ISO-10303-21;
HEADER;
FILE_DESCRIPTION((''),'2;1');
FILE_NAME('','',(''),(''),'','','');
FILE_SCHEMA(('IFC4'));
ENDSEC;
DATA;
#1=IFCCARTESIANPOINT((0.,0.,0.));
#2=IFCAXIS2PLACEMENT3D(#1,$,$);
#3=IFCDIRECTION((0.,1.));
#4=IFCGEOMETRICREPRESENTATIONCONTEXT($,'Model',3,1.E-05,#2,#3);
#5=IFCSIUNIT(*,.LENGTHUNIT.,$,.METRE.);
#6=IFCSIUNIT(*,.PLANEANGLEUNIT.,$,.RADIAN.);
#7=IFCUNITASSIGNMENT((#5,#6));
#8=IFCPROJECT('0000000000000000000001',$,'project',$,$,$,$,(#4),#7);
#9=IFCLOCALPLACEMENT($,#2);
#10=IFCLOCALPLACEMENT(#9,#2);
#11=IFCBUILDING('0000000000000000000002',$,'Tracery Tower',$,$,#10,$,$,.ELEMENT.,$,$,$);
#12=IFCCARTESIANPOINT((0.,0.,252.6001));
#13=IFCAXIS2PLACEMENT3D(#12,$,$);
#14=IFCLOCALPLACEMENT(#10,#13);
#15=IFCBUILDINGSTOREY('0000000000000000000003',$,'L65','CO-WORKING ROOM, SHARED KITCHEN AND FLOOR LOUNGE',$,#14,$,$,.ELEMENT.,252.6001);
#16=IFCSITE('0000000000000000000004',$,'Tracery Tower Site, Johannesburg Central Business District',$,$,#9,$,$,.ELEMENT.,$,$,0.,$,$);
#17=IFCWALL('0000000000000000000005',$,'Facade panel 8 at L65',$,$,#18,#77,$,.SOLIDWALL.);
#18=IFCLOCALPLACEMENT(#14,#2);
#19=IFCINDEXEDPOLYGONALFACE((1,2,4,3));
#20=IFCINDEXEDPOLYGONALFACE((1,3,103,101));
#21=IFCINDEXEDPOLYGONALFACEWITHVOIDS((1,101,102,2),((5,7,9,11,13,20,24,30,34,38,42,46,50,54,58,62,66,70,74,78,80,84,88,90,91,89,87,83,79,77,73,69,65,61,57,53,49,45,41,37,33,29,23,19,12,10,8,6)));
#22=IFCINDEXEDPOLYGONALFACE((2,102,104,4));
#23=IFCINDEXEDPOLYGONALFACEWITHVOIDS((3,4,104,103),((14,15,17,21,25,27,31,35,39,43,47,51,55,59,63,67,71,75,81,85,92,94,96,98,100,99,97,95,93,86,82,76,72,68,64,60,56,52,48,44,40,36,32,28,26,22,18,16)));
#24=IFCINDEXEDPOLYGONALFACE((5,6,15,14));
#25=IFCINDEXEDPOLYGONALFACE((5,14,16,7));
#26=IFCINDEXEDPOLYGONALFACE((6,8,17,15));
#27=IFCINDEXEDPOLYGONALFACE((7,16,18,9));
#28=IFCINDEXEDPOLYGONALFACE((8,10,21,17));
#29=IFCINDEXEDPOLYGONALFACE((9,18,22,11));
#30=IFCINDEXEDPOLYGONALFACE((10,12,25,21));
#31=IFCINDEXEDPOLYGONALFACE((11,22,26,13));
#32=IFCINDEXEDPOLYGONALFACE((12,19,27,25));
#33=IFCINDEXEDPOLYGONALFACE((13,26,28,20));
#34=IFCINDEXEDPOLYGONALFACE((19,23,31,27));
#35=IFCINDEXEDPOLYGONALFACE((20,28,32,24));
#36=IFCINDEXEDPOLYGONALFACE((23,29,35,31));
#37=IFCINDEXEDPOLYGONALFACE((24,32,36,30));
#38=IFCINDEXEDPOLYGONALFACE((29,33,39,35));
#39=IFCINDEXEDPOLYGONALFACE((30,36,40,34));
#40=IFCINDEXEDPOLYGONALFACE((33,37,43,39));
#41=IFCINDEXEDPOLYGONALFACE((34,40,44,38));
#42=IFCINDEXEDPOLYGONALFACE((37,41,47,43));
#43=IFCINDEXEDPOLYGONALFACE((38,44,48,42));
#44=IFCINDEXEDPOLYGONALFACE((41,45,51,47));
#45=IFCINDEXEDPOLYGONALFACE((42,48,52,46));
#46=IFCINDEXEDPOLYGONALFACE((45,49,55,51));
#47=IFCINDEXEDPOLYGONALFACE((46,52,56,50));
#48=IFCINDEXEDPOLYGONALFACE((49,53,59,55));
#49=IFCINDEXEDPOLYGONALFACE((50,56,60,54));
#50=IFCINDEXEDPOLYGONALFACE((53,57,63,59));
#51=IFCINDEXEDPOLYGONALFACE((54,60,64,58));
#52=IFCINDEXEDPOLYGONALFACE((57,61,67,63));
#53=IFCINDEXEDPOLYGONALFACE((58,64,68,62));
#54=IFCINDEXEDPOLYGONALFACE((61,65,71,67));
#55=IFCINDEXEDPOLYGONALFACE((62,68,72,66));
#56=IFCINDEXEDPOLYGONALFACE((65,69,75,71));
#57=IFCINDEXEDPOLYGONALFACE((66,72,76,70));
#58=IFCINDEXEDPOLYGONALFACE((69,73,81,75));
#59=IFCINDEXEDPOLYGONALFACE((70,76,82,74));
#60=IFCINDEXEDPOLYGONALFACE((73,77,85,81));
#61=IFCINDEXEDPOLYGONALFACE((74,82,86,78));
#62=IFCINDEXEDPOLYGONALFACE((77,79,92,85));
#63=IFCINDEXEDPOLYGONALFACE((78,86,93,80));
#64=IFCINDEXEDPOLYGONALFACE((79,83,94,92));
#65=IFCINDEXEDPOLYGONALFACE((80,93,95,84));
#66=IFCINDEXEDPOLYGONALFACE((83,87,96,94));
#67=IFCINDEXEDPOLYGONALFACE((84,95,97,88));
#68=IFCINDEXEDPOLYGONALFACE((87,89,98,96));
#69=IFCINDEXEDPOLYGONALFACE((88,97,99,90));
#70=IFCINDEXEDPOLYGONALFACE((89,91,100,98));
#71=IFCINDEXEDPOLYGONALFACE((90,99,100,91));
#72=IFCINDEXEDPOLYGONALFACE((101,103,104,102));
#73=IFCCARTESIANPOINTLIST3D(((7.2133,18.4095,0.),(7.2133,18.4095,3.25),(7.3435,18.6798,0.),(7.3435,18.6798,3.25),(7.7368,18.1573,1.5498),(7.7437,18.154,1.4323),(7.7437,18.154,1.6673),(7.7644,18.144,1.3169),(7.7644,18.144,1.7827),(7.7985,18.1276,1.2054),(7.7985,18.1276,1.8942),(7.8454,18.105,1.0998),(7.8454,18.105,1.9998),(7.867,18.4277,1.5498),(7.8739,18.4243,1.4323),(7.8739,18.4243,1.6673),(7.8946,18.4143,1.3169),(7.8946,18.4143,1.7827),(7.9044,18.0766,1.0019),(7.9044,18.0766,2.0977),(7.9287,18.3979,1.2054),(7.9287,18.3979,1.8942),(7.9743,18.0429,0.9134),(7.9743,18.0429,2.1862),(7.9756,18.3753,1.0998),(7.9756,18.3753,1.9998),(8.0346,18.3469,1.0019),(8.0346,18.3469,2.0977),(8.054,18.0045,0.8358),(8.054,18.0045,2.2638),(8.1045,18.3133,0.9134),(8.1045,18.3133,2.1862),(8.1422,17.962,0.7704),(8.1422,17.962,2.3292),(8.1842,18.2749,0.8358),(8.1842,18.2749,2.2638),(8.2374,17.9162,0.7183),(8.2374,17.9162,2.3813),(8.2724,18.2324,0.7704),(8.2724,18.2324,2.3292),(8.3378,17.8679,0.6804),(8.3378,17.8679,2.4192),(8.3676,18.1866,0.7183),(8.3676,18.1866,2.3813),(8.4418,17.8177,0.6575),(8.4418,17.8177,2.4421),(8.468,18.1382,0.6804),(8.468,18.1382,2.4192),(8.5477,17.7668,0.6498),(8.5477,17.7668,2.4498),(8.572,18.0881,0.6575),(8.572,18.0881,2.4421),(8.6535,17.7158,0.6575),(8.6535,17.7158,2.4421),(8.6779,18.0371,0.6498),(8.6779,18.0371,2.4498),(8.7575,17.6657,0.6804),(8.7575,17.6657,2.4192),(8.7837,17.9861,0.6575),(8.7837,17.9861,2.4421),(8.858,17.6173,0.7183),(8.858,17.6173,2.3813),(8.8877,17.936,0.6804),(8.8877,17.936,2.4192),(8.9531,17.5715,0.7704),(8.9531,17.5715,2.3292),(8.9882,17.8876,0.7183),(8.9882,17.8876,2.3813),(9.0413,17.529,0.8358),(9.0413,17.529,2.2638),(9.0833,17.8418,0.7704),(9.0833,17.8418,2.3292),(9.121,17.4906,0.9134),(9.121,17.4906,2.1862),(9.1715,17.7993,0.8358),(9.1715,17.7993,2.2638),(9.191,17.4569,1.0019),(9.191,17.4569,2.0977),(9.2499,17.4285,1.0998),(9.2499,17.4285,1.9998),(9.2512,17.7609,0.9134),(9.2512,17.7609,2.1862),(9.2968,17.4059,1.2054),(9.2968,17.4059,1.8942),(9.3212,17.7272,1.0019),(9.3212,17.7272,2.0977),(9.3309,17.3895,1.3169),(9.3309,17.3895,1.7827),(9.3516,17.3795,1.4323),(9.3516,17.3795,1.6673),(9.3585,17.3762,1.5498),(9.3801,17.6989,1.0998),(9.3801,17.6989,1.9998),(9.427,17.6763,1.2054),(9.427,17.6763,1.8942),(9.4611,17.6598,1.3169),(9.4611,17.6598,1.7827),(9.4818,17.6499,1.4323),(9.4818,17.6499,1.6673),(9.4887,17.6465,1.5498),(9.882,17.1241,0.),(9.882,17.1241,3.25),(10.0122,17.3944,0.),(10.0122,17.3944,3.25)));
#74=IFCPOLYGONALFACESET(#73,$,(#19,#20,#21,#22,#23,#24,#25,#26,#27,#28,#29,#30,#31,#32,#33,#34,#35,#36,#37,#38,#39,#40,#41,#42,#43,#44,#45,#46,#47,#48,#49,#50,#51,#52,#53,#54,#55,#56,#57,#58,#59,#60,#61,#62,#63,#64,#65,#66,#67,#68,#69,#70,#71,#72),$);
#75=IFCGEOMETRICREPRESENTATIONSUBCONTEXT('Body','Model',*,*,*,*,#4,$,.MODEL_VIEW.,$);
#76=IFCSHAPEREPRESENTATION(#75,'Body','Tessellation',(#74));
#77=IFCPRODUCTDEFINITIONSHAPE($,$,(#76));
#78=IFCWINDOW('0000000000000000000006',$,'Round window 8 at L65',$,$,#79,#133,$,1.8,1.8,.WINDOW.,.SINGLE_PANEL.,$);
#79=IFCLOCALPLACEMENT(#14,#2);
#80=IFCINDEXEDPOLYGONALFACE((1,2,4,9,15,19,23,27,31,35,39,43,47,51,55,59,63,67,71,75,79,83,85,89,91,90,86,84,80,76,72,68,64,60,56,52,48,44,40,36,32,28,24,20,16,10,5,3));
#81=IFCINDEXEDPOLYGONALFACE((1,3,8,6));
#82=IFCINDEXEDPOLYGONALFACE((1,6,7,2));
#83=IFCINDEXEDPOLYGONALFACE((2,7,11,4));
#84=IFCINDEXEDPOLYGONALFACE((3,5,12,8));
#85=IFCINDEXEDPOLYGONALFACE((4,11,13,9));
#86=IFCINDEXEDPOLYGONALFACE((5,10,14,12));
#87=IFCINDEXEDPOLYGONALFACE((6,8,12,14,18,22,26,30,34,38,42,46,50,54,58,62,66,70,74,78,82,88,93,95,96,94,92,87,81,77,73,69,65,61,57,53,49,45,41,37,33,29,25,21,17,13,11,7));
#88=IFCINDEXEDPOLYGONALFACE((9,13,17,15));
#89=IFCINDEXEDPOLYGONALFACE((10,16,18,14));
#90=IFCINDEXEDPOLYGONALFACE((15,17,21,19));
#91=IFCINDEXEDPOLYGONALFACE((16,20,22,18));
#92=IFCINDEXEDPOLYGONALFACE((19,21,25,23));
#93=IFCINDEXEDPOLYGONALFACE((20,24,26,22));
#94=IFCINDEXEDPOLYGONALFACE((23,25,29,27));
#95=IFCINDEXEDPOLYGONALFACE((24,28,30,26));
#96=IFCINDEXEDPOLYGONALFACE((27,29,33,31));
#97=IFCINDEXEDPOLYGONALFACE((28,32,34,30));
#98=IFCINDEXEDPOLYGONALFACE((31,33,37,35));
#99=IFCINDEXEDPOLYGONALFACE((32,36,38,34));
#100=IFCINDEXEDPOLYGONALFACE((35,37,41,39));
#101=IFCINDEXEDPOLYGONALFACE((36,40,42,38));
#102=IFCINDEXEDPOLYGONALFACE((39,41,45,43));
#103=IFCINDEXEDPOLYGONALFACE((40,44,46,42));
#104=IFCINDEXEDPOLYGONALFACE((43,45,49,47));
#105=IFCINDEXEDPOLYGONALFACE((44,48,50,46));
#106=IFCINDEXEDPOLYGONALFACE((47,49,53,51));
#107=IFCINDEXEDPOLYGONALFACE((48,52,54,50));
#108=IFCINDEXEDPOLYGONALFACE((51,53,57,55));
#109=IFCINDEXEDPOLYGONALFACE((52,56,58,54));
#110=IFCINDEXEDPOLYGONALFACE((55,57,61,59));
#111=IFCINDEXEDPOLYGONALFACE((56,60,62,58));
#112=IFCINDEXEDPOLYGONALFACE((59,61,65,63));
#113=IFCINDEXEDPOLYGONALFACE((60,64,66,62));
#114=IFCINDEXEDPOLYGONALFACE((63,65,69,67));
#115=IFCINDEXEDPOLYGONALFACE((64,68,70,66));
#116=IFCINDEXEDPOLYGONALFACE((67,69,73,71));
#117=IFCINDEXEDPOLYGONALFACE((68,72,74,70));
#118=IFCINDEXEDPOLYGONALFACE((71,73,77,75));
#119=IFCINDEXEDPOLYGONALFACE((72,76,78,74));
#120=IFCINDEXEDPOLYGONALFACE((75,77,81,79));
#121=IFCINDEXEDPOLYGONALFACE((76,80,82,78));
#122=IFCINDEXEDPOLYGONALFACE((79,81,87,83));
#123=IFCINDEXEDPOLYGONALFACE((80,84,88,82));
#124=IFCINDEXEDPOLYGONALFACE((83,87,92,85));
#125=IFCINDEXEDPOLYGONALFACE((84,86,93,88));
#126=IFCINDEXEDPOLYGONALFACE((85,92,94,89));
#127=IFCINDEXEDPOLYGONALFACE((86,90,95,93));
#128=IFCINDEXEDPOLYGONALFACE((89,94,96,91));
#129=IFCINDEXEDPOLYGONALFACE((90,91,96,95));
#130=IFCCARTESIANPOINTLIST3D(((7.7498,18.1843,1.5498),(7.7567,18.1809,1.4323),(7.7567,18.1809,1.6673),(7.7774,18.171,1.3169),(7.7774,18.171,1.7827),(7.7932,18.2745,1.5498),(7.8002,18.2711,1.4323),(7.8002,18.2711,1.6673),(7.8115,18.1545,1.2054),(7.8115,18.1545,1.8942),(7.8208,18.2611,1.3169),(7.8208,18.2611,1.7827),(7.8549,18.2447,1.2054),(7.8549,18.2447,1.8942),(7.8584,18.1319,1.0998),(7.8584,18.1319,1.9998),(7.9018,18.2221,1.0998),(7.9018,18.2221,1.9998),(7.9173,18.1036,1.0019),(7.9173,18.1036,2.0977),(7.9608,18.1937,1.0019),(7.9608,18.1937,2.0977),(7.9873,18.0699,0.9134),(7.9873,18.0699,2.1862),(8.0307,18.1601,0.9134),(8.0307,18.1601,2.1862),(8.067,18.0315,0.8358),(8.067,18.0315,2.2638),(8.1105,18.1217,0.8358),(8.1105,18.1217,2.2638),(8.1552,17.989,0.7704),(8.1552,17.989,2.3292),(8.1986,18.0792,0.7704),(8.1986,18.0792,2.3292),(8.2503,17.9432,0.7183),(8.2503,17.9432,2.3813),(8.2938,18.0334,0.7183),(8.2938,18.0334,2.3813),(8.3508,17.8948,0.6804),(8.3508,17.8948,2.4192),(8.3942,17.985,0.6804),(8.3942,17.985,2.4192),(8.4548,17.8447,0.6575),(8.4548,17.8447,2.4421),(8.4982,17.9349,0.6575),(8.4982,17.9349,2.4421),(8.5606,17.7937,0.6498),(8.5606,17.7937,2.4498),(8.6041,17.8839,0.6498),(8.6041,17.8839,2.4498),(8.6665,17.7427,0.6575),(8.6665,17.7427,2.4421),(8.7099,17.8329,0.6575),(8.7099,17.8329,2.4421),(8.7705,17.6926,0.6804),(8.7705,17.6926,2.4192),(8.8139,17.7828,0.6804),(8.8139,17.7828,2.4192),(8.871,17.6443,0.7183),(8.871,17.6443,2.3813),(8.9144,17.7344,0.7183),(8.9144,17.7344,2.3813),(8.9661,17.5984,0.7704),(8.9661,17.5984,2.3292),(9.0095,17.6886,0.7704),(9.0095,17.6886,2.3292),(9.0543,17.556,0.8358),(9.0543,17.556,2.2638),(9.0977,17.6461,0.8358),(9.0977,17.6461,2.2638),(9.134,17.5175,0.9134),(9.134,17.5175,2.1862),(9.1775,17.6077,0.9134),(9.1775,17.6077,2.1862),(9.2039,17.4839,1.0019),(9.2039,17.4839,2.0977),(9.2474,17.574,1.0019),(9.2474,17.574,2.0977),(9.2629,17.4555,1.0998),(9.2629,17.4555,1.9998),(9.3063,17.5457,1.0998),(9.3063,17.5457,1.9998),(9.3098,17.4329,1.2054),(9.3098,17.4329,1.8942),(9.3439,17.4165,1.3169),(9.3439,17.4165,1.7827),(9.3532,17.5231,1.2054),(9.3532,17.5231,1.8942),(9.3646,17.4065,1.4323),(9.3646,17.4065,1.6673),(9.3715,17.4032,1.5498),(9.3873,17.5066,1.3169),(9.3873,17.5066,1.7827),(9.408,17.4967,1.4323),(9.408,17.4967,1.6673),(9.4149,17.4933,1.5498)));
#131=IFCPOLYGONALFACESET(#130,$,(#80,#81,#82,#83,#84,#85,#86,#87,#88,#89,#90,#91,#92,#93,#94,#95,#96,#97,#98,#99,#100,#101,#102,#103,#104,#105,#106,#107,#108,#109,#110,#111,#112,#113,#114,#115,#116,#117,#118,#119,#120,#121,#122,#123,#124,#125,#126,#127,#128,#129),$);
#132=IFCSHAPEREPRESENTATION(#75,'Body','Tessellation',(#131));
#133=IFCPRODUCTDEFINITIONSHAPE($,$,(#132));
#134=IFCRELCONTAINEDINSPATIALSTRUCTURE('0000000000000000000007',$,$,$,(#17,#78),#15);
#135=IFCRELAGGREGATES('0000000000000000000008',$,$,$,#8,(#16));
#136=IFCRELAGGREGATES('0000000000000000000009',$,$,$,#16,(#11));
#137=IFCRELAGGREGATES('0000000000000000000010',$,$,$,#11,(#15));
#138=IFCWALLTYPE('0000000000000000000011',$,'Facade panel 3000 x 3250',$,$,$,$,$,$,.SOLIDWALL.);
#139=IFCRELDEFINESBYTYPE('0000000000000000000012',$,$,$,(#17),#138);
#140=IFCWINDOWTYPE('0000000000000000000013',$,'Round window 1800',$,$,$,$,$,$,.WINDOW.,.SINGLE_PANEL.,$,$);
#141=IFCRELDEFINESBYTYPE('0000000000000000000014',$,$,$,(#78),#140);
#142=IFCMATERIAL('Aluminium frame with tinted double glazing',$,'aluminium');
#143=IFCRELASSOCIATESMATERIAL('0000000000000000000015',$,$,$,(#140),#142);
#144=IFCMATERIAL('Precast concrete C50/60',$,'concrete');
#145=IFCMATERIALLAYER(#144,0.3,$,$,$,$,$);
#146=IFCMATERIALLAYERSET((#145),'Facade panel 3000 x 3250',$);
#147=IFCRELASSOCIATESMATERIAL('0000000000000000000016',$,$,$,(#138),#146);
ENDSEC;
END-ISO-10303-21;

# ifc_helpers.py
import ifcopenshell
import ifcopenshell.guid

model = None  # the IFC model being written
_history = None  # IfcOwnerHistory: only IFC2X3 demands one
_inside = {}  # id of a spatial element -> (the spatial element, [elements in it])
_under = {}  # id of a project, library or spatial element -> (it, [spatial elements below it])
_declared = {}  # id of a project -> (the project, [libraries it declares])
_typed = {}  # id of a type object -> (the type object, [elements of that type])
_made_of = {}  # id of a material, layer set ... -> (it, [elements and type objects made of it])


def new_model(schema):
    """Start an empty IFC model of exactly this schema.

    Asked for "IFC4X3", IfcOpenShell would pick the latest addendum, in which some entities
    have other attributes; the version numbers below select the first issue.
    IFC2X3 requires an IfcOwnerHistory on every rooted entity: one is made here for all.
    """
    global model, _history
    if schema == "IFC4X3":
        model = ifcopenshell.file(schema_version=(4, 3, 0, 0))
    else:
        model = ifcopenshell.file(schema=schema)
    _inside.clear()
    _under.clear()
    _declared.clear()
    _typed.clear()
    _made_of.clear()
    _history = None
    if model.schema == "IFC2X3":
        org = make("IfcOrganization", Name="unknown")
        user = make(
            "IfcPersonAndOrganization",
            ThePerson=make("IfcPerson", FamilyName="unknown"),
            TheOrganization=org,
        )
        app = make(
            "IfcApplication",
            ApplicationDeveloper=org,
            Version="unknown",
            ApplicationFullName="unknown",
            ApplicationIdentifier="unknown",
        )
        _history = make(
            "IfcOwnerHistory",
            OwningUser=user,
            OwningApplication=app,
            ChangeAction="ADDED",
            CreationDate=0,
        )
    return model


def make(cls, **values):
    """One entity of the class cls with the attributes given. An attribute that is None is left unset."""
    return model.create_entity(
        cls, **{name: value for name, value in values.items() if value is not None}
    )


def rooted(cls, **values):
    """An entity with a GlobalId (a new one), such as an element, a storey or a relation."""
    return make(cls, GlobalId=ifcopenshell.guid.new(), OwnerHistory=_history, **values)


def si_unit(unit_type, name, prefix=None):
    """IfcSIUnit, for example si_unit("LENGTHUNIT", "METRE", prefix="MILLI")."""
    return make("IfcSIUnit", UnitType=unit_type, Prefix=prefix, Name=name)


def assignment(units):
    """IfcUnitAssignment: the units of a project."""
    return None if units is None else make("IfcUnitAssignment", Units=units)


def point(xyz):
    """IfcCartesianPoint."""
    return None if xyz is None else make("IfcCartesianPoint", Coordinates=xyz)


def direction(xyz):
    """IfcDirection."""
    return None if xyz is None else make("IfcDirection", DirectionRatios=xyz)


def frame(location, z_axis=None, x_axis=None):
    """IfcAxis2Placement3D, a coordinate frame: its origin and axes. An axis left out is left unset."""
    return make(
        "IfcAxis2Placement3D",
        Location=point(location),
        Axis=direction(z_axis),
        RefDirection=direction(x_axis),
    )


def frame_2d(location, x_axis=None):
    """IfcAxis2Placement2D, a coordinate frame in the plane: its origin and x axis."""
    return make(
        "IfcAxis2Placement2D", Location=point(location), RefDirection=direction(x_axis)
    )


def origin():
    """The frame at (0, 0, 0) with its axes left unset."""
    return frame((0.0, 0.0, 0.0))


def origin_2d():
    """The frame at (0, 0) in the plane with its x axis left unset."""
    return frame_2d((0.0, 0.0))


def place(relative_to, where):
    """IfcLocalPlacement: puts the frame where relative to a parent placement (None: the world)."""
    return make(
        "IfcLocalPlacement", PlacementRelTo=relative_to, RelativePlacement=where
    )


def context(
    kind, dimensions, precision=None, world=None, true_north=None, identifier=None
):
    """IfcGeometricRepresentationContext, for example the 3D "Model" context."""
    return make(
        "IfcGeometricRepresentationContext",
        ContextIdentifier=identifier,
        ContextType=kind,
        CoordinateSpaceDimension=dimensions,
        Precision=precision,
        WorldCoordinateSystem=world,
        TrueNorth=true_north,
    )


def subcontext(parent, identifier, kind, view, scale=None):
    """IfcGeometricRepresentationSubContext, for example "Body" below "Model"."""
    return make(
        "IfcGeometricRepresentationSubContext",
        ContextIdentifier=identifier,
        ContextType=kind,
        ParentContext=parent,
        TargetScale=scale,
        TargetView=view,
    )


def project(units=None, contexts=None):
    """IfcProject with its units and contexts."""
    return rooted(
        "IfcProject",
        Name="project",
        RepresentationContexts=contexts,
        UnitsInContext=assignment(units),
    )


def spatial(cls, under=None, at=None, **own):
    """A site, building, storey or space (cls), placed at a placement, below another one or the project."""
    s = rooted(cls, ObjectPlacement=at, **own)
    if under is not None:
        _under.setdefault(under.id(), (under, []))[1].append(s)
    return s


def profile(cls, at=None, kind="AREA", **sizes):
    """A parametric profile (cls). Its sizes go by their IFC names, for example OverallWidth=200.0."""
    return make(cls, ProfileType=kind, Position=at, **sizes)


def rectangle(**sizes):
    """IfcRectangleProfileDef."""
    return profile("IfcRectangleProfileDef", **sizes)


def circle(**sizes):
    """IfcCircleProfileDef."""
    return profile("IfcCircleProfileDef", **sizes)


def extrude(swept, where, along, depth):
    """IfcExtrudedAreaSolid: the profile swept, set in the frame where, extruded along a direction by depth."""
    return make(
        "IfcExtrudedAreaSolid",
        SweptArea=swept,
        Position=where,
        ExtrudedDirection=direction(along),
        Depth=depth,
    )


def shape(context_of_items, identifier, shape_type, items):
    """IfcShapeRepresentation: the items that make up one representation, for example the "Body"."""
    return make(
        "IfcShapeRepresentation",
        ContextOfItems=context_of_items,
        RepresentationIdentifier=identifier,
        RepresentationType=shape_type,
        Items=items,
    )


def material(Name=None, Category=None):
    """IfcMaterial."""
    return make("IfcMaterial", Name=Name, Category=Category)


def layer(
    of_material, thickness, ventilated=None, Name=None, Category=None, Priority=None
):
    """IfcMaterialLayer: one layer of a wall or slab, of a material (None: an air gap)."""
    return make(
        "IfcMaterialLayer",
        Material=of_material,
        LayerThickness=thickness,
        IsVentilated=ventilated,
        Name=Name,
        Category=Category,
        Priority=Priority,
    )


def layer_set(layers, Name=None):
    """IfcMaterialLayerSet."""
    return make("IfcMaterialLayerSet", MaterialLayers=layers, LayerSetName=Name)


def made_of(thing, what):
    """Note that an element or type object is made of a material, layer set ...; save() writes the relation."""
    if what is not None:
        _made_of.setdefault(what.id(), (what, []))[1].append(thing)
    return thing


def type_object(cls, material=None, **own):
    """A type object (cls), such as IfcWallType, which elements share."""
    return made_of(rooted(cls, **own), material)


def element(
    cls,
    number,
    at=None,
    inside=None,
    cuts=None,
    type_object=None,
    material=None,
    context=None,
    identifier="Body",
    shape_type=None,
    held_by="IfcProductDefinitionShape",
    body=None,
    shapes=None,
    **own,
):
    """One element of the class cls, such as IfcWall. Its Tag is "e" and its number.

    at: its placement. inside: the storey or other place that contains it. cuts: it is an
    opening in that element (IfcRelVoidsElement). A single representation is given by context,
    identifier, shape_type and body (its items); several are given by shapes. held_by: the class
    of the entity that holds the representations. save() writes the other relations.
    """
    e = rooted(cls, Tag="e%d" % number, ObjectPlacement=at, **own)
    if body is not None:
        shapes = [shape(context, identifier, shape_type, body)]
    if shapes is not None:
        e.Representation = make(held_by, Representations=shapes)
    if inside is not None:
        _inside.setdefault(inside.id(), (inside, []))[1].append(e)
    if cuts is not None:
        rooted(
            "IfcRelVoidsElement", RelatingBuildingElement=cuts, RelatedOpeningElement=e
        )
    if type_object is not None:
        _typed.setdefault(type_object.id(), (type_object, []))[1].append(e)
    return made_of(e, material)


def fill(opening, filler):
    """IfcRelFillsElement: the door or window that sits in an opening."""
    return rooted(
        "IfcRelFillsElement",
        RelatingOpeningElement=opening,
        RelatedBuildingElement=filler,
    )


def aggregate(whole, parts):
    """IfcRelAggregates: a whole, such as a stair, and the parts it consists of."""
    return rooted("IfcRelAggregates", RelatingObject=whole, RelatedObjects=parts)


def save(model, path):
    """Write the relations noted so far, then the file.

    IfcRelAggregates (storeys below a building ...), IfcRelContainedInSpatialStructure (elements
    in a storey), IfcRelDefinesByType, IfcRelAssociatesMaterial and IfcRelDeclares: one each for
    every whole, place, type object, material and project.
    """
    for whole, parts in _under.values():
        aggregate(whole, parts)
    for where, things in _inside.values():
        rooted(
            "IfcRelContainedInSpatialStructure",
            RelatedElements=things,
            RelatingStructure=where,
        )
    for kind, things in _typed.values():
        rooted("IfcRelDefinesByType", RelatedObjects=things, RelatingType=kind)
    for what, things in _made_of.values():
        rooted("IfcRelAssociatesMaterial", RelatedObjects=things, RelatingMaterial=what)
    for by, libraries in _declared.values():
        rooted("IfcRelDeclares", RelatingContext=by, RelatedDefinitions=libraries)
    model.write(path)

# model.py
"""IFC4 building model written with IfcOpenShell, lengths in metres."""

from ifc_helpers import new_model, si_unit, direction, frame, frame_2d, origin, origin_2d, place, context, subcontext, project, spatial, rectangle, circle, extrude, material, layer, layer_set, type_object, element, fill, save


model = new_model("IFC4")

# Units and contexts
model_context = context("Model", 3, precision=1e-05, world=origin(), true_north=direction((0.0, 1.0)))
body_context = subcontext(model_context, "Body", "Model", "MODEL_VIEW")
ifc_project = project(units=[si_unit("LENGTHUNIT", "METRE"), si_unit("PLANEANGLEUNIT", "RADIAN")], contexts=[model_context])

# Site, building, storey
site_placement = place(None, origin())
site = spatial("IfcSite", under=ifc_project, at=site_placement, Name="Tracery Tower Site, Johannesburg Central Business District", CompositionType="ELEMENT", RefElevation=0.0)
building_placement = place(site_placement, origin())
building = spatial("IfcBuilding", under=site, at=building_placement, Name="Tracery Tower", CompositionType="ELEMENT")
storey_placement = place(building_placement, frame((0.0, 0.0, 252.6001)))
storey = spatial("IfcBuildingStorey", under=building, at=storey_placement, Name="L65", Description="CO-WORKING ROOM, SHARED KITCHEN AND FLOOR LOUNGE", CompositionType="ELEMENT", Elevation=252.6001)

# Wall, opening, window
ifc_material_1 = material(Name="Aluminium frame with tinted double glazing", Category="aluminium")
window_type = type_object("IfcWindowType", Name="Round window 1800", PartitioningType="SINGLE_PANEL", PredefinedType="WINDOW", material=ifc_material_1)
ifc_material_2 = material(Name="Precast concrete C50/60", Category="concrete")
ifc_layer_1 = layer(ifc_material_2, 0.3)
ifc_layer_set_1 = layer_set([ifc_layer_1], Name="Facade panel 3000 x 3250")
wall_type_1 = type_object("IfcWallType", Name="Facade panel 3000 x 3250", PredefinedType="SOLIDWALL", material=ifc_layer_set_1)
wall_1_placement = place(storey_placement, frame((9.947, 17.2593, 0.0), z_axis=(0.0, 0.0, 1.0), x_axis=(-0.90094, 0.433944, 0.0)))
wall_1 = element("IfcWall", 1, at=wall_1_placement, inside=storey, type_object=wall_type_1, Name="Facade panel 8 at L65", PredefinedType="SOLIDWALL", context=body_context, shape_type="SweptSolid", body=[
    extrude(rectangle(XDim=2.9622, YDim=0.3, at=frame_2d((1.481, 0.0))), origin(), (0.0, 0.0, 1.0), 3.25),
])
opening_1_placement = place(wall_1_placement, frame((1.481, 0.0, 1.5498)))
opening_1 = element("IfcOpeningElement", 2, at=opening_1_placement, cuts=wall_1, PredefinedType="OPENING", context=body_context, shape_type="SweptSolid", body=[
    extrude(circle(Radius=0.9, at=origin_2d()), frame((0.0, 0.1599, 0.0), z_axis=(0.0, -1.0, 0.0), x_axis=(1.0, 0.0, 0.0)), (0.0, 0.0, 1.0), 0.3201),
])
window_1_placement = place(opening_1_placement, origin())
window_1 = element("IfcWindow", 3, at=window_1_placement, inside=storey, type_object=window_type, Name="Round window 8 at L65", OverallHeight=1.8, OverallWidth=1.8, PartitioningType="SINGLE_PANEL", PredefinedType="WINDOW", context=body_context, shape_type="SweptSolid", body=[
    extrude(circle(Radius=0.9, at=origin_2d()), frame((0.0, 0.1201, 0.0), z_axis=(0.0, -1.0, 0.0), x_axis=(1.0, 0.0, 0.0)), (0.0, 0.0, 1.0), 0.1001),
])
fill(opening_1, window_1)

save(model, "model.ifc")
